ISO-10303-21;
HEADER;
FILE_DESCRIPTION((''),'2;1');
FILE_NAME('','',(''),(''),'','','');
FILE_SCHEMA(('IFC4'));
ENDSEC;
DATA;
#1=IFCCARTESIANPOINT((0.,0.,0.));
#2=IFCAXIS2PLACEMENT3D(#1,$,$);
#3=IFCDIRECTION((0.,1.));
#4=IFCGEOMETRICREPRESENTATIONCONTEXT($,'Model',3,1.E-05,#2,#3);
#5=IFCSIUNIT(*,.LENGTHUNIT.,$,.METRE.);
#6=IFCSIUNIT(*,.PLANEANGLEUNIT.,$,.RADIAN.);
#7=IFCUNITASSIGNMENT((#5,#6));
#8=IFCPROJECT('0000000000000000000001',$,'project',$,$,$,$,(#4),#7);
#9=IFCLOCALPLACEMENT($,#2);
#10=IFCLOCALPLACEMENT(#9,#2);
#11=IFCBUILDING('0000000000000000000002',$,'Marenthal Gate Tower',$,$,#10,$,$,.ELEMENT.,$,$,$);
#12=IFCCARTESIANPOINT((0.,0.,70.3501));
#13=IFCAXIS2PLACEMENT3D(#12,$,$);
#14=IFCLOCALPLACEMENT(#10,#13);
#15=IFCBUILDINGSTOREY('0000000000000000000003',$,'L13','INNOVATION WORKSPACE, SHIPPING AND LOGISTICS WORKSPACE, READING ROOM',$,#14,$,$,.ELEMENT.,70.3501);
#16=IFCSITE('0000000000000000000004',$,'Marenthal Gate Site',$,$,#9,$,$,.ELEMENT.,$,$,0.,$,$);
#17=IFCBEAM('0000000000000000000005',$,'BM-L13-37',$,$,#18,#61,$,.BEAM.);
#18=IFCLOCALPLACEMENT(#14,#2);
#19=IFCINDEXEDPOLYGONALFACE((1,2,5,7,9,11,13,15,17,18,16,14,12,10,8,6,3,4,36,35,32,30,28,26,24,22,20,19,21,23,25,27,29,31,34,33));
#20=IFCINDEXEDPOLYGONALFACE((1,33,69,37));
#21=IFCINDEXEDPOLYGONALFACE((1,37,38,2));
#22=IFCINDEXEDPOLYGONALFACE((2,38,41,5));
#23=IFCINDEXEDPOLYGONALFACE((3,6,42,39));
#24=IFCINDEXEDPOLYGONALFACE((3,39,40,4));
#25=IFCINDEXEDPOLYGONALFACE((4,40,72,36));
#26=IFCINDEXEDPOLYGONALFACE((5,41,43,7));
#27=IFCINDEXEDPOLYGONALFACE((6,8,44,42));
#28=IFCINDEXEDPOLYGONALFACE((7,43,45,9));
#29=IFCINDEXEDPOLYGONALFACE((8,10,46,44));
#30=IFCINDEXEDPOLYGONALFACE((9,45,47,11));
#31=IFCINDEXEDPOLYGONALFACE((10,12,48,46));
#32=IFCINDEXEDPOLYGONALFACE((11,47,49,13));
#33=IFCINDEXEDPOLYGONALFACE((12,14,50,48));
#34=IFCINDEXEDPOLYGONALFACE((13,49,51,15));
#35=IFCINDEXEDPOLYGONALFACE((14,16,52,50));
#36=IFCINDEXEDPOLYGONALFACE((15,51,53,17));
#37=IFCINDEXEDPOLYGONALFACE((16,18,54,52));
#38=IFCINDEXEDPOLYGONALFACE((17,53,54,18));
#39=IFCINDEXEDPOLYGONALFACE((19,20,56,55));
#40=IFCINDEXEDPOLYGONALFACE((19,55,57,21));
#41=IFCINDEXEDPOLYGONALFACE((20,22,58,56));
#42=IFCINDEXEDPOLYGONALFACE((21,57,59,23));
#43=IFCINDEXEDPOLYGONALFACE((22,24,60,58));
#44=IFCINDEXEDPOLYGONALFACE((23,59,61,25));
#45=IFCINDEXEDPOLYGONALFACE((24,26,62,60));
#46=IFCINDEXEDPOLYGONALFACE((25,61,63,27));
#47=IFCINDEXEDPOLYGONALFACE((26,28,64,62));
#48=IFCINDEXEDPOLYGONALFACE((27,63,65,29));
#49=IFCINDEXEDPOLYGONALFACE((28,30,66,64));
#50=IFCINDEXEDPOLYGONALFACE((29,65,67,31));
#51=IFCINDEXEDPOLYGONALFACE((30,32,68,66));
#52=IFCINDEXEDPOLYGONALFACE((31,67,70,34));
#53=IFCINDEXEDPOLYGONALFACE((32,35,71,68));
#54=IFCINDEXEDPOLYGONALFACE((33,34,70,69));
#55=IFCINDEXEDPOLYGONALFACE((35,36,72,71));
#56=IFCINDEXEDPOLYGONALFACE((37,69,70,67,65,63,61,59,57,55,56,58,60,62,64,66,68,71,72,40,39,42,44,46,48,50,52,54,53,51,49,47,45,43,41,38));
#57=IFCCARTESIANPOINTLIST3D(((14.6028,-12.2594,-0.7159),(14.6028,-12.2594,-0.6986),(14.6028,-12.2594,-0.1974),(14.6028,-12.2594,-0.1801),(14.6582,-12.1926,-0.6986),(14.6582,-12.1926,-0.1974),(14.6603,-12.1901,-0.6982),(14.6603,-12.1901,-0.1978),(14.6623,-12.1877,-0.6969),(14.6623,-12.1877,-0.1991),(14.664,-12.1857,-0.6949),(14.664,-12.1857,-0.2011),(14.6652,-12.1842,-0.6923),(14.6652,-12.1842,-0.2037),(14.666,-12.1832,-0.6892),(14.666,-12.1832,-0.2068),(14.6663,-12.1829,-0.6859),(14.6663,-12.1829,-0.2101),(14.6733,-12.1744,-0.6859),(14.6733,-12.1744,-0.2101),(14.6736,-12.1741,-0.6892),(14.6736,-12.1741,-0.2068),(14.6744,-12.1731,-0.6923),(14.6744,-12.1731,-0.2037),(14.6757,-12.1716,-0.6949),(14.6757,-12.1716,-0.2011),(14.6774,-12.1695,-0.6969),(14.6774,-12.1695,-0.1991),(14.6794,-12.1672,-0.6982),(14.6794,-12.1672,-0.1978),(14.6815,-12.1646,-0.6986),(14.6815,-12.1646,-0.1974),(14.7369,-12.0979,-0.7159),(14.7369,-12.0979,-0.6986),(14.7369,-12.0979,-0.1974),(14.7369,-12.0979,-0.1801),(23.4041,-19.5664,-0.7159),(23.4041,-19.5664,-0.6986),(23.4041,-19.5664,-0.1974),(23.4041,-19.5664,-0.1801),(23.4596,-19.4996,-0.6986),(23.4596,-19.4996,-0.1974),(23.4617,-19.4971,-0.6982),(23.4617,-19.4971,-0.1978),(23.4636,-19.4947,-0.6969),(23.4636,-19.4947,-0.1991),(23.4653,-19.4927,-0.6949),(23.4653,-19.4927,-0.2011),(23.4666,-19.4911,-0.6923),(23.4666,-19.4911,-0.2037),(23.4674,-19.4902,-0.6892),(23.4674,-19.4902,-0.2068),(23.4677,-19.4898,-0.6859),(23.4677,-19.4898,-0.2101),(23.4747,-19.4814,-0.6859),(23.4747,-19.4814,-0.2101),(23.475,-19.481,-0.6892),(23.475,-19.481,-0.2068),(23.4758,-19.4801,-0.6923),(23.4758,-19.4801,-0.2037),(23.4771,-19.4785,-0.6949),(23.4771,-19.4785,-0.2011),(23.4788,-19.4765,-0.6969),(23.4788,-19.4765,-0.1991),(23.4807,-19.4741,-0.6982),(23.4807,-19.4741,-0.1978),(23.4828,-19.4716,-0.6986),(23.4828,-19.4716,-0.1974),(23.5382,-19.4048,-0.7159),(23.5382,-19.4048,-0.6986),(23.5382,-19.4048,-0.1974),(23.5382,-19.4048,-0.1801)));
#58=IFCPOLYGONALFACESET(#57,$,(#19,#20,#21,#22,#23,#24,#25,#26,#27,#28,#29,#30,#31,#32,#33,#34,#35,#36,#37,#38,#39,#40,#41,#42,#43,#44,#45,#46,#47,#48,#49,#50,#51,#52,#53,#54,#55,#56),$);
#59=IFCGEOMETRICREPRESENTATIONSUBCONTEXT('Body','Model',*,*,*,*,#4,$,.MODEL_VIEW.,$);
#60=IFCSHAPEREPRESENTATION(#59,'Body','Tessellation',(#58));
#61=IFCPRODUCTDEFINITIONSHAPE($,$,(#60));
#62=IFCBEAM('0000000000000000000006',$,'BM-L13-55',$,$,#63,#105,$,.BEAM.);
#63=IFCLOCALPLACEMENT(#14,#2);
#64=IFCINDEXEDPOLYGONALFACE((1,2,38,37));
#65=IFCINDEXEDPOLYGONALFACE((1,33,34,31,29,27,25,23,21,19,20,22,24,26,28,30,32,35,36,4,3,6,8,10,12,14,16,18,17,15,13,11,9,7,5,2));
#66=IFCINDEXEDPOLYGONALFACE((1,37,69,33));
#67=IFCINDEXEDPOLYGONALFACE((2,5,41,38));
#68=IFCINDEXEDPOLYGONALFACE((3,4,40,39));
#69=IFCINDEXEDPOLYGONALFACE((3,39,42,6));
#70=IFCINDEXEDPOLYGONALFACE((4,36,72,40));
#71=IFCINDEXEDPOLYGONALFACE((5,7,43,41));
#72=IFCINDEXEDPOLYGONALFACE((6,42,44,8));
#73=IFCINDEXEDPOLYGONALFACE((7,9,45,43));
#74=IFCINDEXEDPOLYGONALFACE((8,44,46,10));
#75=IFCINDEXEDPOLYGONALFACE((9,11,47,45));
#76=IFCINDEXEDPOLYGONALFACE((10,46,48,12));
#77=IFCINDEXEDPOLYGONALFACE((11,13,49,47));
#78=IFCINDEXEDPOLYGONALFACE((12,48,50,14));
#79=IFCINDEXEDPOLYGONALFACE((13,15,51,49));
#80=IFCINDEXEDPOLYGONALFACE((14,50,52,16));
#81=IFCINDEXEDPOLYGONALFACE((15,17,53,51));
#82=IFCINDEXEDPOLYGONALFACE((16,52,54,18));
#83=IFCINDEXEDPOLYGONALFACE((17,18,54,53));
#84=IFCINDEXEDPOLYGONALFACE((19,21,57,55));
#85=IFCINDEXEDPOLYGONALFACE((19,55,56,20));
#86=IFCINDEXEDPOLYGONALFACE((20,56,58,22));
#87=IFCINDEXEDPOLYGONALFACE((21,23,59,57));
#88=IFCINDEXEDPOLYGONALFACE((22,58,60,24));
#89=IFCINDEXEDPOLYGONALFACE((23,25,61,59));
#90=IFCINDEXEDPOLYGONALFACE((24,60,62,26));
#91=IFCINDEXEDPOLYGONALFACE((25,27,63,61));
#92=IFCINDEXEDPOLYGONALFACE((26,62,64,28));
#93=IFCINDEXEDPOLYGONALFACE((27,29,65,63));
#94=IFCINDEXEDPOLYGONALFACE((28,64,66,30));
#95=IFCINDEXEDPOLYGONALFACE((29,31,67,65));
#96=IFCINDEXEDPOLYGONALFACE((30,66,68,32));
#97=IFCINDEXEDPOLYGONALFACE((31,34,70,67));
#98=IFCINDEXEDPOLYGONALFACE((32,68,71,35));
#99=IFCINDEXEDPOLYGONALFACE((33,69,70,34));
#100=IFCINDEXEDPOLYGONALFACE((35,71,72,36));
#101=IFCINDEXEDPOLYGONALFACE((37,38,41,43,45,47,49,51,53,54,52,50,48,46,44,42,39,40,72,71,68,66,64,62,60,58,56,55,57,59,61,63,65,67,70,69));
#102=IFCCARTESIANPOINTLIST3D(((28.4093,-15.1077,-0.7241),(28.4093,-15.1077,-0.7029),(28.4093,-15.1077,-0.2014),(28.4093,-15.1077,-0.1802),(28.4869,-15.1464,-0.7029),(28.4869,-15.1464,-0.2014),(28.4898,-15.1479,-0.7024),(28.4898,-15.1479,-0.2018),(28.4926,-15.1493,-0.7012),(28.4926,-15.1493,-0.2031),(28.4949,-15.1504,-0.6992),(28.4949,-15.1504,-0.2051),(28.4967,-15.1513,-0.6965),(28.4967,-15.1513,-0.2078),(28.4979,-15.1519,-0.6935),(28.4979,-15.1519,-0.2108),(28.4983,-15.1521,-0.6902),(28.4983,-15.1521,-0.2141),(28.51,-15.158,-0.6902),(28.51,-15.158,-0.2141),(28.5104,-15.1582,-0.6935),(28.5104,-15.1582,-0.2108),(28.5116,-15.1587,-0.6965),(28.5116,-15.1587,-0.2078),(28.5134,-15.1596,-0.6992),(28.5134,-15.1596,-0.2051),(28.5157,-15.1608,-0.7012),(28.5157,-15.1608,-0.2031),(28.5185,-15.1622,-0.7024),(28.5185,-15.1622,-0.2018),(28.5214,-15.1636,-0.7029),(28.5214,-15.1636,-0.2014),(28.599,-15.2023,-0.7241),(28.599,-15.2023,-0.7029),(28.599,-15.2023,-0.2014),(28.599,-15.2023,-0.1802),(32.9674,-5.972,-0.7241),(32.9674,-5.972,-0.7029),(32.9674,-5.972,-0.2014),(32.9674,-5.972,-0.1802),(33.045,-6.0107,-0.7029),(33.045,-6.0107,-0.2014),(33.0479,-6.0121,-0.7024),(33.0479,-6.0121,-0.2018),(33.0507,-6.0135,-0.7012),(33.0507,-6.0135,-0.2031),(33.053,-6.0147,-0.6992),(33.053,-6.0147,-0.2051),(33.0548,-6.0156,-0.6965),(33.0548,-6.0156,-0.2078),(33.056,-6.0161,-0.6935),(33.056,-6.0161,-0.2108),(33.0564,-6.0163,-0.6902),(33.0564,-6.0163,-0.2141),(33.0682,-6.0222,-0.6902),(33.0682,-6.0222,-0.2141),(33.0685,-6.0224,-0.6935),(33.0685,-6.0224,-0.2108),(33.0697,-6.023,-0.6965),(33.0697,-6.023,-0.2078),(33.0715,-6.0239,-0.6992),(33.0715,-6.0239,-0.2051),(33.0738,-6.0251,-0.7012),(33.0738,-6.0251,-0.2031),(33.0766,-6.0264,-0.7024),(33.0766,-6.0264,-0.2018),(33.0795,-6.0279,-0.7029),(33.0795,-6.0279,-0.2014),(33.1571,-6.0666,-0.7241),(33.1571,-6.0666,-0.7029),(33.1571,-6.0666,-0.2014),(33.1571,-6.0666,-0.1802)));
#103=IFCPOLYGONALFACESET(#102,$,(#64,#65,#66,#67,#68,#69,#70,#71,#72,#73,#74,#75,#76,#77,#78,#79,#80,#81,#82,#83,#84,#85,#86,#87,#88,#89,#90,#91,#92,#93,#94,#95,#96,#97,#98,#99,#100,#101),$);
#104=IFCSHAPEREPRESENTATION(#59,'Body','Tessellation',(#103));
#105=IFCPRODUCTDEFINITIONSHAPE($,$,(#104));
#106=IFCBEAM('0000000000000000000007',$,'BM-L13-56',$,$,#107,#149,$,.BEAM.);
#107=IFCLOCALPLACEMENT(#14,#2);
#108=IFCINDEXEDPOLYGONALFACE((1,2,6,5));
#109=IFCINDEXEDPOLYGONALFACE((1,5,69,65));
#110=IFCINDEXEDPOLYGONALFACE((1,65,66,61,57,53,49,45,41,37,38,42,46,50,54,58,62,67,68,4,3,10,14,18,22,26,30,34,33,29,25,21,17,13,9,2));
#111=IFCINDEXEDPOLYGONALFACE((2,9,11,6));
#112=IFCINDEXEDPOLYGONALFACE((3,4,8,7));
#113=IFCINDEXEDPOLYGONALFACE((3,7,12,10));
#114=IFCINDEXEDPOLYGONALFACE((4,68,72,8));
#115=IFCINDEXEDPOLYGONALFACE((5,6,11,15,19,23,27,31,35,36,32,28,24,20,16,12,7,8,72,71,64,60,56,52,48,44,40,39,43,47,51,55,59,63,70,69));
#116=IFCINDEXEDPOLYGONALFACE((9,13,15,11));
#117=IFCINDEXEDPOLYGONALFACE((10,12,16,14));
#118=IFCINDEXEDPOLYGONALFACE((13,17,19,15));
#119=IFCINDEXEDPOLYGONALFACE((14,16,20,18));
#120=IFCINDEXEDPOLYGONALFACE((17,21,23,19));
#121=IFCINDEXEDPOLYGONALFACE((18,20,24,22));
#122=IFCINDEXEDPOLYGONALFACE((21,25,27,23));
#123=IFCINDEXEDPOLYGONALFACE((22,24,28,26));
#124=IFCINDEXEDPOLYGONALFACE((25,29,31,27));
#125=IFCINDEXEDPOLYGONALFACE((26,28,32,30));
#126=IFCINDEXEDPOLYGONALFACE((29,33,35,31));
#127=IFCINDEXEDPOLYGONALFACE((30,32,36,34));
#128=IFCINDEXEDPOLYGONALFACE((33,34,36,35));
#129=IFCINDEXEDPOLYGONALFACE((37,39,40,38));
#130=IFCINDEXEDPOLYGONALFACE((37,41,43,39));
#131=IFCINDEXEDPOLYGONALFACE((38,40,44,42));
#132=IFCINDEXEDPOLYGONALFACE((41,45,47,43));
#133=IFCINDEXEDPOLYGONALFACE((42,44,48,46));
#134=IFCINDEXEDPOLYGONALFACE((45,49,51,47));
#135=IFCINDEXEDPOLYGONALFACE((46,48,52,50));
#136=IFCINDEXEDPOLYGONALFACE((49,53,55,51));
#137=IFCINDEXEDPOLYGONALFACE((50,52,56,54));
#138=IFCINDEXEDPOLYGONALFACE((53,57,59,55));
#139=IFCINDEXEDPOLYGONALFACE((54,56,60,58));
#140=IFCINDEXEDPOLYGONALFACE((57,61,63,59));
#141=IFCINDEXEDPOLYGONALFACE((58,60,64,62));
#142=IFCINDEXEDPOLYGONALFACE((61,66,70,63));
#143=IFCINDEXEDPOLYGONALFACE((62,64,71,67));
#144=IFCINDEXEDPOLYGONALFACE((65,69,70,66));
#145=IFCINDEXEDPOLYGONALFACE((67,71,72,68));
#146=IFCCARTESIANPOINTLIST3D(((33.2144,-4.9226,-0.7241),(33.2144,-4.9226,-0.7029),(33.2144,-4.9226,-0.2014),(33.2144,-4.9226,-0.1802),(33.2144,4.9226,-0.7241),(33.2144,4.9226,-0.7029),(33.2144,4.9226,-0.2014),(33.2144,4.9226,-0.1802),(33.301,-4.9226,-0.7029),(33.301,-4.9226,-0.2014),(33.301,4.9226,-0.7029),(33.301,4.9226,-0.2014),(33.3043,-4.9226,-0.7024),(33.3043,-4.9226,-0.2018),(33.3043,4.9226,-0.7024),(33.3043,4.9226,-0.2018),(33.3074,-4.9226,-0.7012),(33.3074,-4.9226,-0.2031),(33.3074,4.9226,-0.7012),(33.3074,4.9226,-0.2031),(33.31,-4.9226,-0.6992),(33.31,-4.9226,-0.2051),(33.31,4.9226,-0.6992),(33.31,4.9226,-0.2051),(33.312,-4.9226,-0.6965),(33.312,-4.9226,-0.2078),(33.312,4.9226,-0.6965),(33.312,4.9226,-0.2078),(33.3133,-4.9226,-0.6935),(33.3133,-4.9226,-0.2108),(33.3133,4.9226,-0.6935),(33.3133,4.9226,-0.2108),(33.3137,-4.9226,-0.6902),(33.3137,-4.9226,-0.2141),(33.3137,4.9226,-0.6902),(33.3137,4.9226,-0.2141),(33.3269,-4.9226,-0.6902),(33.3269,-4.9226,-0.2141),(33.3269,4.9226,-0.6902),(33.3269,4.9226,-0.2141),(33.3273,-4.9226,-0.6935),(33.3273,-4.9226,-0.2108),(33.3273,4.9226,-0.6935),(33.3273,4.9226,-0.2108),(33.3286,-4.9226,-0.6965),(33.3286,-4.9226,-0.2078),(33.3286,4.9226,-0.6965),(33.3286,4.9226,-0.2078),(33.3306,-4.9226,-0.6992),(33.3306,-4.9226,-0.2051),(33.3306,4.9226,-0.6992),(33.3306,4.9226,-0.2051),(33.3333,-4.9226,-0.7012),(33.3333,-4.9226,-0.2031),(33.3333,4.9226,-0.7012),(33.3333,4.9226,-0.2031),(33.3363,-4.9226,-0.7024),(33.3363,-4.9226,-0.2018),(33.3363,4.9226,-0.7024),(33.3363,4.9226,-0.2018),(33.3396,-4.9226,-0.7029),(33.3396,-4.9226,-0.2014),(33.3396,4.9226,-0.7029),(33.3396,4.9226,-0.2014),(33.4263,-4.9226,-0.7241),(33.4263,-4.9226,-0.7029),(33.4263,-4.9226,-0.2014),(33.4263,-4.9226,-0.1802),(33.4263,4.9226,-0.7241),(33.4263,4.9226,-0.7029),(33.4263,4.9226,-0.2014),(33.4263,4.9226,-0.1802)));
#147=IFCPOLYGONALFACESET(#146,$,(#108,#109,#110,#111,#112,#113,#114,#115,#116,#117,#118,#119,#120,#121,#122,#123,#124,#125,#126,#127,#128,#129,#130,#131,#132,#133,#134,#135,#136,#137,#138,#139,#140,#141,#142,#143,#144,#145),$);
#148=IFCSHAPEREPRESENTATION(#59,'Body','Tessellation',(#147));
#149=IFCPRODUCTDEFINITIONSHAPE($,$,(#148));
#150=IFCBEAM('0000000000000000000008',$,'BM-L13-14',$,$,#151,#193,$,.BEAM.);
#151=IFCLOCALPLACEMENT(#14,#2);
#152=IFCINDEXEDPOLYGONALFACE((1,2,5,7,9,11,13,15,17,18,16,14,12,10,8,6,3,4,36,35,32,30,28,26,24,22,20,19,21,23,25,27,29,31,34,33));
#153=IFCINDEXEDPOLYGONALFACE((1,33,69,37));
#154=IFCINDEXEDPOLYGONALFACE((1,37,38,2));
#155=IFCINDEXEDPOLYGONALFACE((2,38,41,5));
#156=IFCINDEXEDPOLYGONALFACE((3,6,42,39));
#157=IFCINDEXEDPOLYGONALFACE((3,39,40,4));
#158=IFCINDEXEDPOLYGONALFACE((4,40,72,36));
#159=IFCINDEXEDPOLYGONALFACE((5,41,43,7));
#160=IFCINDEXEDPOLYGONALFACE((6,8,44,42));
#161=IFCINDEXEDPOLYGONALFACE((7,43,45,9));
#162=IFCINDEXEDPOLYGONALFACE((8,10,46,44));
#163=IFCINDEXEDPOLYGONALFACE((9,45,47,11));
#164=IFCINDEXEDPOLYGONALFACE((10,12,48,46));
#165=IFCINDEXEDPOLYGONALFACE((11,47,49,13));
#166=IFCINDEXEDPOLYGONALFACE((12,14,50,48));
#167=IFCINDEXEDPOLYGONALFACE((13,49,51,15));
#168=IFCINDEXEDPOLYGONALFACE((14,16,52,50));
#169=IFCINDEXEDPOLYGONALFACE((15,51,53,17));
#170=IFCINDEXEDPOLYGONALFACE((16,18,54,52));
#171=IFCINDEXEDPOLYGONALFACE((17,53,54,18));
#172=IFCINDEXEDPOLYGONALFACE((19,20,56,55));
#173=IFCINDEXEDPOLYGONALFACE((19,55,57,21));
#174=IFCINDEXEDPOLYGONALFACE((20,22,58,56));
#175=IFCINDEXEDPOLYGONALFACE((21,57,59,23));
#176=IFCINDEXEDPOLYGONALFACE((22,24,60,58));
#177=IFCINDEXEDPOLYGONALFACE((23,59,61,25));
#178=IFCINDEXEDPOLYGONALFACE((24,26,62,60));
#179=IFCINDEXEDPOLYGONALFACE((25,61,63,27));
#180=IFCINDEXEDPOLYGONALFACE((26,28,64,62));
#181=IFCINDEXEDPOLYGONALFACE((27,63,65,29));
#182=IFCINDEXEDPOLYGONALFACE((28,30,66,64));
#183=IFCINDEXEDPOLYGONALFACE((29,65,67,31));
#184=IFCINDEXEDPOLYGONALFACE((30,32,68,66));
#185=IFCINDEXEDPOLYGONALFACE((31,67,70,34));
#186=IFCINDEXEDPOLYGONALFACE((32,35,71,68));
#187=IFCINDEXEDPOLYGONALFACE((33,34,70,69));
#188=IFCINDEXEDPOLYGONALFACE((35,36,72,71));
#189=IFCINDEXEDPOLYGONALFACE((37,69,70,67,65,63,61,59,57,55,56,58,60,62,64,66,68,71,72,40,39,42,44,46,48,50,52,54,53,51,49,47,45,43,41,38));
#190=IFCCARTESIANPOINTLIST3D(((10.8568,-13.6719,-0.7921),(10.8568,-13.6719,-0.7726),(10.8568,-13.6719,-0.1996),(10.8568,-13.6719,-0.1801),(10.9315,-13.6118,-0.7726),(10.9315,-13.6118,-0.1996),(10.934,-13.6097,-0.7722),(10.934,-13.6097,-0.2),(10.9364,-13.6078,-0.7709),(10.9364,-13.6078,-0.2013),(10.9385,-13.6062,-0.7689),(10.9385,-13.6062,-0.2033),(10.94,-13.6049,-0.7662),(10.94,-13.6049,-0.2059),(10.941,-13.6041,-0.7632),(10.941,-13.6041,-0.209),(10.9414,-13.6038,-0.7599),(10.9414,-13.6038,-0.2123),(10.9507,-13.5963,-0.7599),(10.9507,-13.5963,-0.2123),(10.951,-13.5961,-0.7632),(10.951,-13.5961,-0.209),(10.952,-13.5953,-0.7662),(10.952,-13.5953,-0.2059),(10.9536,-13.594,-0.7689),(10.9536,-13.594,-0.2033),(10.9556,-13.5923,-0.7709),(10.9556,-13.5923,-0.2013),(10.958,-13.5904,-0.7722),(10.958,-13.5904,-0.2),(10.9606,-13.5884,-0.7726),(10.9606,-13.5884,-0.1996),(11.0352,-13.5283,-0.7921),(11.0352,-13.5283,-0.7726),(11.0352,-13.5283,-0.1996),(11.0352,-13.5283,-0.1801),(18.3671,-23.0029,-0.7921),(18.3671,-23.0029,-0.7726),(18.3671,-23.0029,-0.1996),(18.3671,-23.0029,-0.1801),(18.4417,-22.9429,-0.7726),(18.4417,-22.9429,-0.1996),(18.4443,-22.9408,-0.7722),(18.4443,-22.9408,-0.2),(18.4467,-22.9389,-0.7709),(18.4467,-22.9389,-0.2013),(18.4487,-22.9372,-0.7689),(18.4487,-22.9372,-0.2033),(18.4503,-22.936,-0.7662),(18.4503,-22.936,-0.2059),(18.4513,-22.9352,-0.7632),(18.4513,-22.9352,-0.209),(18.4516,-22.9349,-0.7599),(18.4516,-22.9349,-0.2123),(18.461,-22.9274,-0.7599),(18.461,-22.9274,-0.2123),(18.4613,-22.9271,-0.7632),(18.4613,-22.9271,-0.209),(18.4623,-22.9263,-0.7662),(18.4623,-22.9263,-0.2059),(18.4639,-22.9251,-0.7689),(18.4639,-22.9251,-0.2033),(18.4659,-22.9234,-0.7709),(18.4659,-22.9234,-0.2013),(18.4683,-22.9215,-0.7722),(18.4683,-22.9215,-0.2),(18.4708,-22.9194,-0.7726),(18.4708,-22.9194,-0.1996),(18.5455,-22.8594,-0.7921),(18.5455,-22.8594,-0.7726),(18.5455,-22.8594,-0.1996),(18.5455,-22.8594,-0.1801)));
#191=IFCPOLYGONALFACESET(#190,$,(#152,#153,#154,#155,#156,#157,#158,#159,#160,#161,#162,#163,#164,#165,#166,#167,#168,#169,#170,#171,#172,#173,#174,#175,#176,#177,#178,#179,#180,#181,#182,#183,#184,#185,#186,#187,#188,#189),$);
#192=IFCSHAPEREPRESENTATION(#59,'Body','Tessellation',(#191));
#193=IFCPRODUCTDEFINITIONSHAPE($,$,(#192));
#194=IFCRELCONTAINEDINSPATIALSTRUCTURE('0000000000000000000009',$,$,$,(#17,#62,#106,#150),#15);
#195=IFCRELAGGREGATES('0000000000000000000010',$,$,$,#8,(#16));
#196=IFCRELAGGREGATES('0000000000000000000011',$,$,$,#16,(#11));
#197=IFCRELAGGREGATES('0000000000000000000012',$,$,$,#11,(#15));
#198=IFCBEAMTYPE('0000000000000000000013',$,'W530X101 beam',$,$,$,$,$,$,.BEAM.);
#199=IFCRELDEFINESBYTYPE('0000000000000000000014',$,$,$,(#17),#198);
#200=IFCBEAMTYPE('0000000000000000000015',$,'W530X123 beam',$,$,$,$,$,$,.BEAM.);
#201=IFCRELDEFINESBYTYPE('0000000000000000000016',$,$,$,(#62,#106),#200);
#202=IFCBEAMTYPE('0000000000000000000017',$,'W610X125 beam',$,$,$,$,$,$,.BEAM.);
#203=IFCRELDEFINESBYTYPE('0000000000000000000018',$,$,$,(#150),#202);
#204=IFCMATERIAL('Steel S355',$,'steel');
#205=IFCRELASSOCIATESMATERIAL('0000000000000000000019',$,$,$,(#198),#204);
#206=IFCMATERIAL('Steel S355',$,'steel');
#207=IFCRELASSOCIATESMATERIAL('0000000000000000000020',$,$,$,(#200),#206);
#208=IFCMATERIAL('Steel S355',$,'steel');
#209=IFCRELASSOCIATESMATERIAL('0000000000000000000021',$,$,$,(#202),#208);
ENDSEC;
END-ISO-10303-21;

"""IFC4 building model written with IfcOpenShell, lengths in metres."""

from ifc_helpers import new_model, si_unit, direction, frame, origin, origin_2d, place, context, subcontext, project, spatial, i_section, extrude, material, material_profile, profile_set, type_object, element, save


model = new_model("IFC4")

# Units and contexts
model_context = context("Model", 3, precision=1e-05, world=origin(), true_north=direction((0.0, 1.0)))
body_context = subcontext(model_context, "Body", "Model", "MODEL_VIEW")
ifc_project = project(units=[si_unit("LENGTHUNIT", "METRE"), si_unit("PLANEANGLEUNIT", "RADIAN")], contexts=[model_context])

# Site, building, storey
site_placement = place(None, origin())
site = spatial("IfcSite", under=ifc_project, at=site_placement, Name="Marenthal Gate Site", CompositionType="ELEMENT", RefElevation=0.0)
building_placement = place(site_placement, origin())
building = spatial("IfcBuilding", under=site, at=building_placement, Name="Marenthal Gate Tower", CompositionType="ELEMENT")
storey_placement = place(building_placement, frame((0.0, 0.0, 70.3501)))
storey = spatial("IfcBuildingStorey", under=building, at=storey_placement, Name="L13", Description="INNOVATION WORKSPACE, SHIPPING AND LOGISTICS WORKSPACE, READING ROOM", CompositionType="ELEMENT", Elevation=70.3501)

# Beams
ifc_material_1 = material(Name="Steel S355", Category="steel")
ifc_material_profile_1 = material_profile(ifc_material_1, i_section(OverallWidth=0.21, OverallDepth=0.5359, WebThickness=0.011, FlangeThickness=0.0173, FilletRadius=0.0127, at=origin_2d()), Name="W530X101")
ifc_profile_set_1 = profile_set([ifc_material_profile_1], Name="Steel S355")
beam_type_1 = type_object("IfcBeamType", Name="W530X101 beam", PredefinedType="BEAM", material=ifc_profile_set_1)
beam_1_placement = place(storey_placement, frame((23.4712, -19.4856, -0.448), z_axis=(-0.769403, 0.638764, 0.0), x_axis=(-0.638764, -0.769403, 0.0)))
element("IfcBeam", 1, at=beam_1_placement, inside=storey, type_object=beam_type_1, Name="BM-L13-37", PredefinedType="BEAM", context=body_context, shape_type="SweptSolid", body=[
    extrude(i_section(OverallWidth=0.21, OverallDepth=0.5359, WebThickness=0.011, FlangeThickness=0.0173, FilletRadius=0.0127, at=origin_2d()), origin(), (0.0, 0.0, 1.0), 11.4392),
])
ifc_material_2 = material(Name="Steel S355", Category="steel")
ifc_material_profile_2 = material_profile(ifc_material_2, i_section(OverallWidth=0.2119, OverallDepth=0.5439, WebThickness=0.0132, FlangeThickness=0.0212, FilletRadius=0.0127, at=origin_2d()), Name="W530X123")
ifc_profile_set_2 = profile_set([ifc_material_profile_2], Name="Steel S355")
beam_type_2 = type_object("IfcBeamType", Name="W530X123 beam", PredefinedType="BEAM", material=ifc_profile_set_2)
beam_2_placement = place(storey_placement, frame((28.5042, -15.155, -0.4521), z_axis=(0.446448, 0.894809, 0.0), x_axis=(-0.894809, 0.446448, 0.0)))
element("IfcBeam", 2, at=beam_2_placement, inside=storey, type_object=beam_type_2, Name="BM-L13-55", PredefinedType="BEAM", context=body_context, shape_type="SweptSolid", body=[
    extrude(i_section(OverallWidth=0.2119, OverallDepth=0.5439, WebThickness=0.0132, FlangeThickness=0.0212, FilletRadius=0.0127, at=origin_2d()), origin(), (0.0, 0.0, 1.0), 10.2097),
])
beam_3_placement = place(storey_placement, frame((33.3203, -4.9226, -0.4521), z_axis=(0.0, 1.0, 0.0), x_axis=(-1.0, 0.0, 0.0)))
element("IfcBeam", 3, at=beam_3_placement, inside=storey, type_object=beam_type_2, Name="BM-L13-56", PredefinedType="BEAM", context=body_context, shape_type="SweptSolid", body=[
    extrude(i_section(OverallWidth=0.2119, OverallDepth=0.5439, WebThickness=0.0132, FlangeThickness=0.0212, FilletRadius=0.0127, at=origin_2d()), origin(), (0.0, 0.0, 1.0), 9.8452),
])
ifc_material_3 = material(Name="Steel S355", Category="steel")
ifc_material_profile_3 = material_profile(ifc_material_3, i_section(OverallWidth=0.229, OverallDepth=0.6121, WebThickness=0.012, FlangeThickness=0.0195, FilletRadius=0.0127, at=origin_2d()), Name="W610X125")
ifc_profile_set_3 = profile_set([ifc_material_profile_3], Name="Steel S355")
beam_type_3 = type_object("IfcBeamType", Name="W610X125 beam", PredefinedType="BEAM", material=ifc_profile_set_3)
beam_4_placement = place(storey_placement, frame((18.4563, -22.9312, -0.4861), z_axis=(-0.627004, 0.779016, 0.0), x_axis=(-0.779016, -0.627004, 0.0)))
element("IfcBeam", 4, at=beam_4_placement, inside=storey, type_object=beam_type_3, Name="BM-L13-14", PredefinedType="BEAM", context=body_context, shape_type="SweptSolid", body=[
    extrude(i_section(OverallWidth=0.229, OverallDepth=0.6121, WebThickness=0.012, FlangeThickness=0.0195, FilletRadius=0.0127, at=origin_2d()), origin(), (0.0, 0.0, 1.0), 11.978),
])

save(model, "model.ifc")
